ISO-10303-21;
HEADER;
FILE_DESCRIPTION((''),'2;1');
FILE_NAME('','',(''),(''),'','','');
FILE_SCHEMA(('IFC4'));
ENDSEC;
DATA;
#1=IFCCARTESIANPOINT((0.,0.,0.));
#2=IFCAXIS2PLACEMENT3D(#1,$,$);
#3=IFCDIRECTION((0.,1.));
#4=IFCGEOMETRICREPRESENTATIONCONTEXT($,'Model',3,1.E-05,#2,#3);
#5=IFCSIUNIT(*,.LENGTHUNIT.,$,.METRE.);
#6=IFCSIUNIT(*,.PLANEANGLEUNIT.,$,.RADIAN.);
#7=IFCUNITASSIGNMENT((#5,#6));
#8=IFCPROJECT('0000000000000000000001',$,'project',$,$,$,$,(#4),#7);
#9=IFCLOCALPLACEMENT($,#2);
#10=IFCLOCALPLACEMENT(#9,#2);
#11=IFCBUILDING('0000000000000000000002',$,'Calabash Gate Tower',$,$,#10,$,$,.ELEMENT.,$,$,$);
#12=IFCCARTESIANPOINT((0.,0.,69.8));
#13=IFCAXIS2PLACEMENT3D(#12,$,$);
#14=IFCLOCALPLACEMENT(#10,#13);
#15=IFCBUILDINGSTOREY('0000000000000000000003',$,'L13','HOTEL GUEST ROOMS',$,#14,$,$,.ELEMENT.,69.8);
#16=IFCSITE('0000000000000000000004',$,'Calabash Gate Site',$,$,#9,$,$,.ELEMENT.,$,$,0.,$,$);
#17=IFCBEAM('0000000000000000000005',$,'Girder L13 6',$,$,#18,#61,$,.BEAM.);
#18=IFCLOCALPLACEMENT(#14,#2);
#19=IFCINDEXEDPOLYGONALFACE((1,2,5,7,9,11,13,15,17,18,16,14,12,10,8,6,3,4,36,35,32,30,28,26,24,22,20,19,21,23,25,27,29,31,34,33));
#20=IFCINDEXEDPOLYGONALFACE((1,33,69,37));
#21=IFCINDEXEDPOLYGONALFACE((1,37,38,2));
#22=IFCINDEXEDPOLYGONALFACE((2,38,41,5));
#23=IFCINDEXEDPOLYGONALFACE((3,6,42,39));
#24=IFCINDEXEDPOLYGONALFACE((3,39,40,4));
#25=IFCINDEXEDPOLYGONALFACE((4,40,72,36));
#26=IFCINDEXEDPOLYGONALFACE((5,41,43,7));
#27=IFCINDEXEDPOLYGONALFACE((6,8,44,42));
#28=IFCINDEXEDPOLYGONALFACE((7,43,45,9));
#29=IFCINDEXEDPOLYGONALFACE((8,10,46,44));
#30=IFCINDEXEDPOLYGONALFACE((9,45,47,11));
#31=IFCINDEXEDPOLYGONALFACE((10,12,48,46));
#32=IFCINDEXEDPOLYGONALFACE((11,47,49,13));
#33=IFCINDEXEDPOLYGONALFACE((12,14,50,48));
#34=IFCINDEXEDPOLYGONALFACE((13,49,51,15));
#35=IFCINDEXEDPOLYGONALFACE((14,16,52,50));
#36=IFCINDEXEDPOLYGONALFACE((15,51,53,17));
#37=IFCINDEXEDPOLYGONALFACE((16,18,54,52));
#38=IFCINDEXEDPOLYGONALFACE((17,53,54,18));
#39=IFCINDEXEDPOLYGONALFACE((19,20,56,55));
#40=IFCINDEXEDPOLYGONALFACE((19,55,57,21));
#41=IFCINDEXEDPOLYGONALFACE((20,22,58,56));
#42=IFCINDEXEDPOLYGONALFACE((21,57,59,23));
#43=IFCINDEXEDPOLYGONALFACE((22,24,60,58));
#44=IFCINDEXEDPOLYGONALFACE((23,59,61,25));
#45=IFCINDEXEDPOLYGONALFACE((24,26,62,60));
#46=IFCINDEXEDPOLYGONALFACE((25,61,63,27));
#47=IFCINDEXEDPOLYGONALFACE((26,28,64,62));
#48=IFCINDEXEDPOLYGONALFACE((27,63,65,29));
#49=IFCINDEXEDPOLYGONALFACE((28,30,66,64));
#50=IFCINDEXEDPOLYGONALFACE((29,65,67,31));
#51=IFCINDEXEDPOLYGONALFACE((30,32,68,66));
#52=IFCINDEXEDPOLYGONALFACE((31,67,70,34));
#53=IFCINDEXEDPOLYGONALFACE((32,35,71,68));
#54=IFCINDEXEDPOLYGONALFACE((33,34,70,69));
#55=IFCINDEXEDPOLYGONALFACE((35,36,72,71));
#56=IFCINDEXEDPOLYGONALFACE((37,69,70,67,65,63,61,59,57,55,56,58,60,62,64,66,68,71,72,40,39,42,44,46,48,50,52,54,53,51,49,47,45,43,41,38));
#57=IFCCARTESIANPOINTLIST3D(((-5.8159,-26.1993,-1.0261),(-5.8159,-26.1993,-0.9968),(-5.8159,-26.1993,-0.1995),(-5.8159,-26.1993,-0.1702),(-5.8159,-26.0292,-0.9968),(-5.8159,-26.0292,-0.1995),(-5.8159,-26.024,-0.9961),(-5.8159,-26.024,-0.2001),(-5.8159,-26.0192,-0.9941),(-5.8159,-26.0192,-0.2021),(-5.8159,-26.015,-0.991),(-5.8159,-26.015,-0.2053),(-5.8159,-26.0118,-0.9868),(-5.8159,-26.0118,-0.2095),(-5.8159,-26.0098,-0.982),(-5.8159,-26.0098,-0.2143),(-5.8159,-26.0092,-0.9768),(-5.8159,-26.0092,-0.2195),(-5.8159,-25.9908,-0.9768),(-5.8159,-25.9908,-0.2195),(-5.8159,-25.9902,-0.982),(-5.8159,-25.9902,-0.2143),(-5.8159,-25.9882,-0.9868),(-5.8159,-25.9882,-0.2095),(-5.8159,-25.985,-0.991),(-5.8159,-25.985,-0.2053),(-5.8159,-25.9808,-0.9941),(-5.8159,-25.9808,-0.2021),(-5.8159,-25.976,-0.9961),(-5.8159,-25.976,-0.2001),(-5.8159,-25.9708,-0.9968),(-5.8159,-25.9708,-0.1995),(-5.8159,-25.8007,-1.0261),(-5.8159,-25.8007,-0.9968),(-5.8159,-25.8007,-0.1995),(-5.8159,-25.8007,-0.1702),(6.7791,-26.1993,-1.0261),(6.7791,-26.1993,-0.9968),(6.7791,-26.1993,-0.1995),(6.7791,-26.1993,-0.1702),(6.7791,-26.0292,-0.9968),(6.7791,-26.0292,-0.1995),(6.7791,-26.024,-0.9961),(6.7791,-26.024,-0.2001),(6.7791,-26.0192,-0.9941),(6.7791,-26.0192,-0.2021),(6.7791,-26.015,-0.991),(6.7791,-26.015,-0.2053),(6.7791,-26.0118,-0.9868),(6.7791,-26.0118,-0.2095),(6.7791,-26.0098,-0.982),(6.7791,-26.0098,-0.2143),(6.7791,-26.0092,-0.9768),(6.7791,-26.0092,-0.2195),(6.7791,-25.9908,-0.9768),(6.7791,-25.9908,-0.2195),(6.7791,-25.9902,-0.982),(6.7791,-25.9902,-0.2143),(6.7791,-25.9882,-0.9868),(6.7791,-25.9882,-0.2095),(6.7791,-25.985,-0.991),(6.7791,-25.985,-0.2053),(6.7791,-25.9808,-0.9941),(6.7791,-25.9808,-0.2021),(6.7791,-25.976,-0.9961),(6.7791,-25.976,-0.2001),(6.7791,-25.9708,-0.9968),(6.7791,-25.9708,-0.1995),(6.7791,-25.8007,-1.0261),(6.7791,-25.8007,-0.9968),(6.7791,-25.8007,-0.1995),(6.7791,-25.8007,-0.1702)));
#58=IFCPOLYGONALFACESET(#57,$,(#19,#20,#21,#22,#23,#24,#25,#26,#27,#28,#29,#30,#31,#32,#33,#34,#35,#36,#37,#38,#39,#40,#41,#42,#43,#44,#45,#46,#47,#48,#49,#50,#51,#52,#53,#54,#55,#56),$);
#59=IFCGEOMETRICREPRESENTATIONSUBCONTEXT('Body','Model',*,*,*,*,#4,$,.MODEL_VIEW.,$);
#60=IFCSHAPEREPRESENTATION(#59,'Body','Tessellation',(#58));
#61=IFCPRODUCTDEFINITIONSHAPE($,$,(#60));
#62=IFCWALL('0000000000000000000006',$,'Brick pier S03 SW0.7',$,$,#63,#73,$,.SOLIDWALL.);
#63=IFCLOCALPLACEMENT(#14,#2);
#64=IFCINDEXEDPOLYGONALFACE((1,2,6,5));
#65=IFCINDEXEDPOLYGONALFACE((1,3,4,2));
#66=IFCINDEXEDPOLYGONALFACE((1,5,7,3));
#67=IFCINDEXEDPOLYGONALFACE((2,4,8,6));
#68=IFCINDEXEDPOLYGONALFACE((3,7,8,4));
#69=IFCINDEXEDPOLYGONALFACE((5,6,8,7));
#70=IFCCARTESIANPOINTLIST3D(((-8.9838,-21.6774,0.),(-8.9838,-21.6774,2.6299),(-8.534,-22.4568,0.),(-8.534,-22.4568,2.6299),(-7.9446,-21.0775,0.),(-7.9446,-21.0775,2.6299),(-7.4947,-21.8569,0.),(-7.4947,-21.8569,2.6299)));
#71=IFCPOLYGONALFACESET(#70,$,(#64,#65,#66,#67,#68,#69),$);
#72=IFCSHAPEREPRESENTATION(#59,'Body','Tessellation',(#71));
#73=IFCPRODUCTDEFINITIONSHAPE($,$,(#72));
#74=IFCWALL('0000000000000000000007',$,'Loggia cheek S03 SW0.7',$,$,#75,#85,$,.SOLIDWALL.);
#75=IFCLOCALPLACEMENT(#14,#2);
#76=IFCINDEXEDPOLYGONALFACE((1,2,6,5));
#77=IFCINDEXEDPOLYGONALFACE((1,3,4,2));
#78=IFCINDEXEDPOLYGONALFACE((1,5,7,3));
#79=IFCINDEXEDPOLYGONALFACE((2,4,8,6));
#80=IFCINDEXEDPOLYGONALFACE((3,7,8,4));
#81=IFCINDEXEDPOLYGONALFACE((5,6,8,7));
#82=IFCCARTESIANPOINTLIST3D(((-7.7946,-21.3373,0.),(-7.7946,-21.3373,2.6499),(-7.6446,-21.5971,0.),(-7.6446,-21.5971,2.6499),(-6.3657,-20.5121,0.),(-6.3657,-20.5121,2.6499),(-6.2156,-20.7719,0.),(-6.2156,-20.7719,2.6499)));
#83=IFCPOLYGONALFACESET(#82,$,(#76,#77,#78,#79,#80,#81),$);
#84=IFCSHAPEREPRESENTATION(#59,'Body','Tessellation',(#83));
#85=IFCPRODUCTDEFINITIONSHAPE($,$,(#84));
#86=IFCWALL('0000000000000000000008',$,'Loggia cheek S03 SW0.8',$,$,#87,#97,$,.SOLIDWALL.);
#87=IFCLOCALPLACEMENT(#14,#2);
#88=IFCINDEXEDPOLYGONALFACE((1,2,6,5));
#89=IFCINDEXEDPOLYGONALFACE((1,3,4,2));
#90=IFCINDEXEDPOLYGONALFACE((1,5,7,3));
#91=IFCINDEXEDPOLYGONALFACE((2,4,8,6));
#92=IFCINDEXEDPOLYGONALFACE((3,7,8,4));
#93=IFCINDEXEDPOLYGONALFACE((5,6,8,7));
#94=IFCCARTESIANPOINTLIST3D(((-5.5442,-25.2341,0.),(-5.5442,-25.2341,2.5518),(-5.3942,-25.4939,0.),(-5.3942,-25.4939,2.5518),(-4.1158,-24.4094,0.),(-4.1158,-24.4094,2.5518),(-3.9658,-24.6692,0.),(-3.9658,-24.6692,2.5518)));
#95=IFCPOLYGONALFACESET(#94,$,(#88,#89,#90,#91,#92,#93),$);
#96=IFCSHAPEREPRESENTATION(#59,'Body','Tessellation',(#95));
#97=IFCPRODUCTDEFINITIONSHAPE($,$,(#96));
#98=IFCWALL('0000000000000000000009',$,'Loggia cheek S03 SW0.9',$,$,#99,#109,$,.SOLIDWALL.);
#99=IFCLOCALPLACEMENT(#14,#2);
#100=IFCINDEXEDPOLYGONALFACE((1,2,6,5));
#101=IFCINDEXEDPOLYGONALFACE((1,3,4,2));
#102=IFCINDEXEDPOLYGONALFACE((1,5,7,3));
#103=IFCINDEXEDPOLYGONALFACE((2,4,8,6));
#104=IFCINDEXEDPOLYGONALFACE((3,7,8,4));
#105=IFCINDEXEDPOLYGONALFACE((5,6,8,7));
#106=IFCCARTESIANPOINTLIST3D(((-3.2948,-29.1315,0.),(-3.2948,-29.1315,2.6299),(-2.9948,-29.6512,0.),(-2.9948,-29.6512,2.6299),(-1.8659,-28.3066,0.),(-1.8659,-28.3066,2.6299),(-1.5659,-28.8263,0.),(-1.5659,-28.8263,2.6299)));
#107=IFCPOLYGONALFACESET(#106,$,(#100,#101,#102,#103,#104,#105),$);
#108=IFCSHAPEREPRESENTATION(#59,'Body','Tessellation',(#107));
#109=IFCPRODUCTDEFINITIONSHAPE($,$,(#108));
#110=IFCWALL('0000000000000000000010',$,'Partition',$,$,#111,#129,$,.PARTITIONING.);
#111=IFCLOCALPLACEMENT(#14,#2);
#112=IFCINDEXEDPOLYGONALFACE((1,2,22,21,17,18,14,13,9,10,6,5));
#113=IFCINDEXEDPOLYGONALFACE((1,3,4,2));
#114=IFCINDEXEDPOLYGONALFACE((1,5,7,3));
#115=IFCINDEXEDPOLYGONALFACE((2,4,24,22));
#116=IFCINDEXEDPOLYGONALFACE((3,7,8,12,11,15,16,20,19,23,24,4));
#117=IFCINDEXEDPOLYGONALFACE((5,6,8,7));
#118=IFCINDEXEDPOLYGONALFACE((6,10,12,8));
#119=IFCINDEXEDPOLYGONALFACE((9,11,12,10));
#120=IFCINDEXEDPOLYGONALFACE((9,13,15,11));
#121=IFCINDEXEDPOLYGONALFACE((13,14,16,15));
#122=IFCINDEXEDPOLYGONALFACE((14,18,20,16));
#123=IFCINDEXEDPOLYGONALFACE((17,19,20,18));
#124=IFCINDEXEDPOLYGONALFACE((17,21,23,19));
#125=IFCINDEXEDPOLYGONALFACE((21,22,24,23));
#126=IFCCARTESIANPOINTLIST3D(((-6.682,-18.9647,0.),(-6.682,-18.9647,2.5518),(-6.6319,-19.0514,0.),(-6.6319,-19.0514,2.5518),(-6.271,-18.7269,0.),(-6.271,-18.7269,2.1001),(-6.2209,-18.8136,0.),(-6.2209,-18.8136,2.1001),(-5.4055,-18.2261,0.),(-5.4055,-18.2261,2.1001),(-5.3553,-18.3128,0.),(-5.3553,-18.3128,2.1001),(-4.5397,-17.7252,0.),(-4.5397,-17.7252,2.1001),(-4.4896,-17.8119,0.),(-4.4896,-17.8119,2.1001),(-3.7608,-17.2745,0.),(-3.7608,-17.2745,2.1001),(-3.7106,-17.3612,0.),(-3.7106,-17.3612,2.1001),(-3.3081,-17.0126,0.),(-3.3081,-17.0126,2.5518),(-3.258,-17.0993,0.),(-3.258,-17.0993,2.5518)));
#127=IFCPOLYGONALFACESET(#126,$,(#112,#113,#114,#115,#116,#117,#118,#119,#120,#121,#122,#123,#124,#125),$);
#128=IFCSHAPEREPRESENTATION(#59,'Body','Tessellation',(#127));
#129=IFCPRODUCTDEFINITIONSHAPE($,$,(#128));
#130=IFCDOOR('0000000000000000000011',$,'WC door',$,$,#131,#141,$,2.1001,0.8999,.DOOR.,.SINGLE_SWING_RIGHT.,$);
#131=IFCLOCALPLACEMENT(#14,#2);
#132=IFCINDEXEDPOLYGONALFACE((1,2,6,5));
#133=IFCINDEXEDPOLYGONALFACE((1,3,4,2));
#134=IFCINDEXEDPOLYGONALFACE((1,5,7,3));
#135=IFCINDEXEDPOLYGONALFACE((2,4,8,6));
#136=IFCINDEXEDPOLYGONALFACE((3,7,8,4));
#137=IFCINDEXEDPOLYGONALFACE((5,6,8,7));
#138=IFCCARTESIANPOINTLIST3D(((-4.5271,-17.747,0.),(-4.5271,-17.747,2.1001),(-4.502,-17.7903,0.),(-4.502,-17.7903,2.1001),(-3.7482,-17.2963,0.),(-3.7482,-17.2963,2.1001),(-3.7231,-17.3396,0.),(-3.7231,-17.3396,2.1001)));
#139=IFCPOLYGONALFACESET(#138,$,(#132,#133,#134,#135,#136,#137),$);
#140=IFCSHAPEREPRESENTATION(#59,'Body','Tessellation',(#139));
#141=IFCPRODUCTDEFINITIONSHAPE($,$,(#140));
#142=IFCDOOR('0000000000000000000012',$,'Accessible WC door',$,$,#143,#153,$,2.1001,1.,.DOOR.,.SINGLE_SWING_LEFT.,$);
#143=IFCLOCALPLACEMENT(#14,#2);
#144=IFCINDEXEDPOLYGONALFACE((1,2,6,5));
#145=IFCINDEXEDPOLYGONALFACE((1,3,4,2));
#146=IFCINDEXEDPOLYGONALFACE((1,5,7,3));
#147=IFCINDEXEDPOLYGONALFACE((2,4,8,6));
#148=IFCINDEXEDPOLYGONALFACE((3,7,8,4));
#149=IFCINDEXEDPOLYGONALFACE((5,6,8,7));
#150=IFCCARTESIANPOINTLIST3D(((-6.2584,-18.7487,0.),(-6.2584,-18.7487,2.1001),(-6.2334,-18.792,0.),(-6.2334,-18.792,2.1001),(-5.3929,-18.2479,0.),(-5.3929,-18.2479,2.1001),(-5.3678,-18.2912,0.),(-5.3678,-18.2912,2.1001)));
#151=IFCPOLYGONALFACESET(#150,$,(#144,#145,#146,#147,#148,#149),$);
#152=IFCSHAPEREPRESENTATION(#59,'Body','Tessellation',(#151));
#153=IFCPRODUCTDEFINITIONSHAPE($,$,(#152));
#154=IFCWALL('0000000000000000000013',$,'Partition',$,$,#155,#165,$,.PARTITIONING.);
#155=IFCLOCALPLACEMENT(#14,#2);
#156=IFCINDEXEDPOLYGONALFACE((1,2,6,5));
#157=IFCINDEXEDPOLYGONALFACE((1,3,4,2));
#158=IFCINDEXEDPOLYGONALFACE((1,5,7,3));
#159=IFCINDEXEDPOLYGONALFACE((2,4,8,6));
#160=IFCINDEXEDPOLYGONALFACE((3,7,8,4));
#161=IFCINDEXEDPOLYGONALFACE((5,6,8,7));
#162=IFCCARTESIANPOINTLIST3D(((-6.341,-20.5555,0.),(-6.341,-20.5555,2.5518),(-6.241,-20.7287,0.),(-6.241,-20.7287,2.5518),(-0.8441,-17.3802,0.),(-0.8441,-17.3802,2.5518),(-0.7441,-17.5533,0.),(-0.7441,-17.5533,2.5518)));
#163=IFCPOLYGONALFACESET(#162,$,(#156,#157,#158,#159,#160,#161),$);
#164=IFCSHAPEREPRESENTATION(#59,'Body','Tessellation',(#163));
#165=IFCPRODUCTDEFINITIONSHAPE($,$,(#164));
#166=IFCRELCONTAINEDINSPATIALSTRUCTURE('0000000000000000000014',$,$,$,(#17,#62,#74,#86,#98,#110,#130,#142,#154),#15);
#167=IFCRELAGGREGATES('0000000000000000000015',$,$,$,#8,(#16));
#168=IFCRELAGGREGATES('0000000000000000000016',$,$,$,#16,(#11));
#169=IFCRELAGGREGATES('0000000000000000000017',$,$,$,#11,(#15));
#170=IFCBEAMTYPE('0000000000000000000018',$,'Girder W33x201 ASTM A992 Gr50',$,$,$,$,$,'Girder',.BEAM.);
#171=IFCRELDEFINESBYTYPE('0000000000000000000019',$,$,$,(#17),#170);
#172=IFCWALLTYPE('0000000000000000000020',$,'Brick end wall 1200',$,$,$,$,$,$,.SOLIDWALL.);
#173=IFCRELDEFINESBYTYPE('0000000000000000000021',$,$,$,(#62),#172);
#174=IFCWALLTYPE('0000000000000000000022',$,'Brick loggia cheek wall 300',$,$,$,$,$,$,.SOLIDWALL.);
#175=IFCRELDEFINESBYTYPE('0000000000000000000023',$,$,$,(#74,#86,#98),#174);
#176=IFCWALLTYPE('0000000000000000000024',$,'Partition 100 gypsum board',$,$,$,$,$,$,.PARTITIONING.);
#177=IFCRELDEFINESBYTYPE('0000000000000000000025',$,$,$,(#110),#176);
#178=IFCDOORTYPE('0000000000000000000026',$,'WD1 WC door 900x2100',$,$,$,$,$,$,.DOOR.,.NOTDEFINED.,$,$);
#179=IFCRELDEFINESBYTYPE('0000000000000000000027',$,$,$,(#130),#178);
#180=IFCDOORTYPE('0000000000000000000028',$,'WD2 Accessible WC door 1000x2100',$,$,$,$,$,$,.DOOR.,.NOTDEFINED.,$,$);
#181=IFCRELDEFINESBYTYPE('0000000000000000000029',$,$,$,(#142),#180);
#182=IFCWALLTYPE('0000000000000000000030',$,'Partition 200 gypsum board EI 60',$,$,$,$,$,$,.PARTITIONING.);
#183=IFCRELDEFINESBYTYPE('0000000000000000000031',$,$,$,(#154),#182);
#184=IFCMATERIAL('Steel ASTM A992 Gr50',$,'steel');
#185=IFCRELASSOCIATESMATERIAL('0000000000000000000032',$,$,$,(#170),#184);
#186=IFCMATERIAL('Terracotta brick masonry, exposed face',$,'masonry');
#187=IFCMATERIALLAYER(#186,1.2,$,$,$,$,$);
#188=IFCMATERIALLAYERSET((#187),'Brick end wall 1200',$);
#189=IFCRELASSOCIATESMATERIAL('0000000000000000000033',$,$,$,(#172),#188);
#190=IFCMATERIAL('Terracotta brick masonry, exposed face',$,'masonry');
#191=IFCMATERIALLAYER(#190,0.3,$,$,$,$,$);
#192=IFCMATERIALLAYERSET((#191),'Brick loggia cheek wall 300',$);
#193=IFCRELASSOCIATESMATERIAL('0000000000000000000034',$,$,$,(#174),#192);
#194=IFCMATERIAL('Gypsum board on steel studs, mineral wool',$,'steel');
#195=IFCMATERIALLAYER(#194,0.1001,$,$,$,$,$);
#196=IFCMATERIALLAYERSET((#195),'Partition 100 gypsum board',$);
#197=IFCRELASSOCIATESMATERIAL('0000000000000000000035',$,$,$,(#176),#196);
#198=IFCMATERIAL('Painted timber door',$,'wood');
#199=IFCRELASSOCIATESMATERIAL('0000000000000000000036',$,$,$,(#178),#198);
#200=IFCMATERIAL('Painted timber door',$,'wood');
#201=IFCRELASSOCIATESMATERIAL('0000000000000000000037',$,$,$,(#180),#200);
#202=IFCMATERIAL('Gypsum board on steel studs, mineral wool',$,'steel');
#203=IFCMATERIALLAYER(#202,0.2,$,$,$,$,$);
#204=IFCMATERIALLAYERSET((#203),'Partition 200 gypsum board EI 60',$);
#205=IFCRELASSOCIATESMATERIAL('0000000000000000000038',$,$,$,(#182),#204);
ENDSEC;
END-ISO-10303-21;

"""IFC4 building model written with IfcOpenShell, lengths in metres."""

from ifc_helpers import new_model, si_unit, direction, frame, frame_2d, origin, origin_2d, place, context, subcontext, project, spatial, rectangle, i_section, extrude, material, layer, layer_set, material_profile, profile_set, type_object, element, fill, save


model = new_model("IFC4")

# Units and contexts
model_context = context("Model", 3, precision=1e-05, world=origin(), true_north=direction((0.0, 1.0)))
body_context = subcontext(model_context, "Body", "Model", "MODEL_VIEW")
ifc_project = project(units=[si_unit("LENGTHUNIT", "METRE"), si_unit("PLANEANGLEUNIT", "RADIAN")], contexts=[model_context])

# Site, building, storey
site_placement = place(None, origin())
site = spatial("IfcSite", under=ifc_project, at=site_placement, Name="Calabash Gate Site", CompositionType="ELEMENT", RefElevation=0.0)
building_placement = place(site_placement, origin())
building = spatial("IfcBuilding", under=site, at=building_placement, Name="Calabash Gate Tower", CompositionType="ELEMENT")
storey_placement = place(building_placement, frame((0.0, 0.0, 69.8)))
storey = spatial("IfcBuildingStorey", under=building, at=storey_placement, Name="L13", Description="HOTEL GUEST ROOMS", CompositionType="ELEMENT", Elevation=69.8)

# Beam
ifc_material_1 = material(Name="Steel ASTM A992 Gr50", Category="steel")
ifc_material_profile_1 = material_profile(ifc_material_1, i_section(OverallWidth=0.3987, OverallDepth=0.856, WebThickness=0.0183, FlangeThickness=0.0293, FilletRadius=0.02, at=origin_2d()))
ifc_profile_set_1 = profile_set([ifc_material_profile_1], Name="Steel ASTM A992 Gr50")
beam_type_1 = type_object("IfcBeamType", Name="Girder W33x201 ASTM A992 Gr50", ElementType="Girder", PredefinedType="BEAM", material=ifc_profile_set_1)
beam_1_placement = place(storey_placement, frame((-5.8159, -26.0, -0.5981), z_axis=(1.0, 0.0, 0.0), x_axis=(0.0, 1.0, 0.0)))
element("IfcBeam", 1, at=beam_1_placement, inside=storey, type_object=beam_type_1, Name="Girder L13 6", PredefinedType="BEAM", context=body_context, shape_type="SweptSolid", body=[
    extrude(i_section(OverallWidth=0.3987, OverallDepth=0.856, WebThickness=0.0183, FlangeThickness=0.0293, FilletRadius=0.02, at=origin_2d()), origin(), (0.0, 0.0, 1.0), 12.595),
])

# Walls
ifc_material_2 = material(Name="Terracotta brick masonry, exposed face", Category="masonry")
ifc_layer_1 = layer(ifc_material_2, 1.2)
ifc_layer_set_1 = layer_set([ifc_layer_1], Name="Brick end wall 1200")
wall_type_1 = type_object("IfcWallType", Name="Brick end wall 1200", PredefinedType="SOLIDWALL", material=ifc_layer_set_1)
wall_1_placement = place(storey_placement, frame((-8.759, -22.0671, 0.0), z_axis=(0.0, 0.0, 1.0), x_axis=(0.866094, 0.499881, 0.0)))
element("IfcWall", 2, at=wall_1_placement, inside=storey, type_object=wall_type_1, Name="Brick pier S03 SW0.7", PredefinedType="SOLIDWALL", context=body_context, shape_type="SweptSolid", body=[
    extrude(rectangle(XDim=1.2, YDim=0.8999, at=frame_2d((0.6001, 0.0))), origin(), (0.0, 0.0, 1.0), 2.6299),
])
ifc_material_3 = material(Name="Terracotta brick masonry, exposed face", Category="masonry")
ifc_layer_2 = layer(ifc_material_3, 0.3)
ifc_layer_set_2 = layer_set([ifc_layer_2], Name="Brick loggia cheek wall 300")
wall_type_2 = type_object("IfcWallType", Name="Brick loggia cheek wall 300", PredefinedType="SOLIDWALL", material=ifc_layer_set_2)
wall_2_placement = place(storey_placement, frame((-7.7197, -21.4673, 0.0), z_axis=(0.0, 0.0, 1.0), x_axis=(0.865976, 0.500085, 0.0)))
element("IfcWall", 3, at=wall_2_placement, inside=storey, type_object=wall_type_2, Name="Loggia cheek S03 SW0.7", PredefinedType="SOLIDWALL", context=body_context, shape_type="SweptSolid", body=[
    extrude(rectangle(XDim=1.6501, YDim=0.3, at=frame_2d((0.8252, 0.0))), origin(), (0.0, 0.0, 1.0), 2.6499),
])
wall_3_placement = place(storey_placement, frame((-5.4692, -25.364, 0.0), z_axis=(0.0, 0.0, 1.0), x_axis=(0.86603, 0.499992, 0.0)))
element("IfcWall", 4, at=wall_3_placement, inside=storey, type_object=wall_type_2, Name="Loggia cheek S03 SW0.8", PredefinedType="SOLIDWALL", context=body_context, shape_type="SweptSolid", body=[
    extrude(rectangle(XDim=1.6494, YDim=0.3, at=frame_2d((0.8247, 0.0))), origin(), (0.0, 0.0, 1.0), 2.5518),
])
wall_4_placement = place(storey_placement, frame((-3.1448, -29.3914, 0.0), z_axis=(0.0, 0.0, 1.0), x_axis=(0.86604, 0.499974, 0.0)))
element("IfcWall", 5, at=wall_4_placement, inside=storey, type_object=wall_type_2, Name="Loggia cheek S03 SW0.9", PredefinedType="SOLIDWALL", context=body_context, shape_type="SweptSolid", body=[
    extrude(rectangle(XDim=1.6499, YDim=0.6001, at=frame_2d((0.825, 0.0))), origin(), (0.0, 0.0, 1.0), 2.6299),
])

# Wall, openings, doors
ifc_material_4 = material(Name="Gypsum board on steel studs, mineral wool", Category="steel")
ifc_layer_3 = layer(ifc_material_4, 0.1001)
ifc_layer_set_3 = layer_set([ifc_layer_3], Name="Partition 100 gypsum board")
wall_type_3 = type_object("IfcWallType", Name="Partition 100 gypsum board", PredefinedType="PARTITIONING", material=ifc_layer_set_3)
wall_5_placement = place(storey_placement, frame((-6.657, -19.0081, 0.0), z_axis=(0.0, 0.0, 1.0), x_axis=(0.865563, 0.500799, 0.0)))
wall_5 = element("IfcWall", 6, at=wall_5_placement, inside=storey, type_object=wall_type_3, Name="Partition", PredefinedType="PARTITIONING", context=body_context, shape_type="SweptSolid", body=[
    extrude(rectangle(XDim=3.8979, YDim=0.1001, at=frame_2d((1.949, 0.0))), origin(), (0.0, 0.0, 1.0), 2.5518),
])
opening_1_placement = place(wall_5_placement, frame((2.4751, 0.0, 0.0)))
opening_1 = element("IfcOpeningElement", 7, at=opening_1_placement, cuts=wall_5, PredefinedType="OPENING", context=body_context, shape_type="SweptSolid", body=[
    extrude(rectangle(XDim=0.8999, YDim=2.1001, at=frame_2d((0.45, 1.05))), frame((0.0, 0.0601, 0.0), z_axis=(0.0, -1.0, 0.0), x_axis=(1.0, 0.0, 0.0)), (0.0, 0.0, 1.0), 0.1201),
])
opening_2_placement = place(wall_5_placement, frame((0.4749, 0.0, 0.0)))
opening_2 = element("IfcOpeningElement", 8, at=opening_2_placement, cuts=wall_5, PredefinedType="OPENING", context=body_context, shape_type="SweptSolid", body=[
    extrude(rectangle(XDim=1.0, YDim=2.1001, at=frame_2d((0.5, 1.05))), frame((0.0, 0.0601, 0.0), z_axis=(0.0, -1.0, 0.0), x_axis=(1.0, 0.0, 0.0)), (0.0, 0.0, 1.0), 0.1201),
])
ifc_material_5 = material(Name="Painted timber door", Category="wood")
door_type_1 = type_object("IfcDoorType", Name="WD1 WC door 900x2100", OperationType="NOTDEFINED", PredefinedType="DOOR", material=ifc_material_5)
door_1_placement = place(opening_1_placement, origin())
door_1 = element("IfcDoor", 9, at=door_1_placement, inside=storey, type_object=door_type_1, Name="WC door", OperationType="SINGLE_SWING_RIGHT", OverallHeight=2.1001, OverallWidth=0.8999, PredefinedType="DOOR", context=body_context, shape_type="SweptSolid", body=[
    extrude(rectangle(XDim=0.8999, YDim=2.1001, at=frame_2d((0.45, 1.05))), frame((0.0, 0.0249, 0.0), z_axis=(0.0, -1.0, 0.0), x_axis=(1.0, 0.0, 0.0)), (0.0, 0.0, 1.0), 0.05),
])
fill(opening_1, door_1)
ifc_material_6 = material(Name="Painted timber door", Category="wood")
door_type_2 = type_object("IfcDoorType", Name="WD2 Accessible WC door 1000x2100", OperationType="NOTDEFINED", PredefinedType="DOOR", material=ifc_material_6)
door_2_placement = place(opening_2_placement, origin())
door_2 = element("IfcDoor", 10, at=door_2_placement, inside=storey, type_object=door_type_2, Name="Accessible WC door", OperationType="SINGLE_SWING_LEFT", OverallHeight=2.1001, OverallWidth=1.0, PredefinedType="DOOR", context=body_context, shape_type="SweptSolid", body=[
    extrude(rectangle(XDim=1.0, YDim=2.1001, at=frame_2d((0.5, 1.05))), frame((0.0, 0.0249, 0.0), z_axis=(0.0, -1.0, 0.0), x_axis=(1.0, 0.0, 0.0)), (0.0, 0.0, 1.0), 0.05),
])
fill(opening_2, door_2)

# Wall
ifc_material_7 = material(Name="Gypsum board on steel studs, mineral wool", Category="steel")
ifc_layer_4 = layer(ifc_material_7, 0.2)
ifc_layer_set_4 = layer_set([ifc_layer_4], Name="Partition 200 gypsum board EI 60")
wall_type_4 = type_object("IfcWallType", Name="Partition 200 gypsum board EI 60", PredefinedType="PARTITIONING", material=ifc_layer_set_4)
wall_6_placement = place(storey_placement, frame((-6.291, -20.6421, 0.0), z_axis=(0.0, 0.0, 1.0), x_axis=(0.865909, 0.500201, 0.0)))
element("IfcWall", 11, at=wall_6_placement, inside=storey, type_object=wall_type_4, Name="Partition", PredefinedType="PARTITIONING", context=body_context, shape_type="SweptSolid", body=[
    extrude(rectangle(XDim=6.3481, YDim=0.2, at=frame_2d((3.1741, 0.0))), origin(), (0.0, 0.0, 1.0), 2.5518),
])

save(model, "model.ifc")
